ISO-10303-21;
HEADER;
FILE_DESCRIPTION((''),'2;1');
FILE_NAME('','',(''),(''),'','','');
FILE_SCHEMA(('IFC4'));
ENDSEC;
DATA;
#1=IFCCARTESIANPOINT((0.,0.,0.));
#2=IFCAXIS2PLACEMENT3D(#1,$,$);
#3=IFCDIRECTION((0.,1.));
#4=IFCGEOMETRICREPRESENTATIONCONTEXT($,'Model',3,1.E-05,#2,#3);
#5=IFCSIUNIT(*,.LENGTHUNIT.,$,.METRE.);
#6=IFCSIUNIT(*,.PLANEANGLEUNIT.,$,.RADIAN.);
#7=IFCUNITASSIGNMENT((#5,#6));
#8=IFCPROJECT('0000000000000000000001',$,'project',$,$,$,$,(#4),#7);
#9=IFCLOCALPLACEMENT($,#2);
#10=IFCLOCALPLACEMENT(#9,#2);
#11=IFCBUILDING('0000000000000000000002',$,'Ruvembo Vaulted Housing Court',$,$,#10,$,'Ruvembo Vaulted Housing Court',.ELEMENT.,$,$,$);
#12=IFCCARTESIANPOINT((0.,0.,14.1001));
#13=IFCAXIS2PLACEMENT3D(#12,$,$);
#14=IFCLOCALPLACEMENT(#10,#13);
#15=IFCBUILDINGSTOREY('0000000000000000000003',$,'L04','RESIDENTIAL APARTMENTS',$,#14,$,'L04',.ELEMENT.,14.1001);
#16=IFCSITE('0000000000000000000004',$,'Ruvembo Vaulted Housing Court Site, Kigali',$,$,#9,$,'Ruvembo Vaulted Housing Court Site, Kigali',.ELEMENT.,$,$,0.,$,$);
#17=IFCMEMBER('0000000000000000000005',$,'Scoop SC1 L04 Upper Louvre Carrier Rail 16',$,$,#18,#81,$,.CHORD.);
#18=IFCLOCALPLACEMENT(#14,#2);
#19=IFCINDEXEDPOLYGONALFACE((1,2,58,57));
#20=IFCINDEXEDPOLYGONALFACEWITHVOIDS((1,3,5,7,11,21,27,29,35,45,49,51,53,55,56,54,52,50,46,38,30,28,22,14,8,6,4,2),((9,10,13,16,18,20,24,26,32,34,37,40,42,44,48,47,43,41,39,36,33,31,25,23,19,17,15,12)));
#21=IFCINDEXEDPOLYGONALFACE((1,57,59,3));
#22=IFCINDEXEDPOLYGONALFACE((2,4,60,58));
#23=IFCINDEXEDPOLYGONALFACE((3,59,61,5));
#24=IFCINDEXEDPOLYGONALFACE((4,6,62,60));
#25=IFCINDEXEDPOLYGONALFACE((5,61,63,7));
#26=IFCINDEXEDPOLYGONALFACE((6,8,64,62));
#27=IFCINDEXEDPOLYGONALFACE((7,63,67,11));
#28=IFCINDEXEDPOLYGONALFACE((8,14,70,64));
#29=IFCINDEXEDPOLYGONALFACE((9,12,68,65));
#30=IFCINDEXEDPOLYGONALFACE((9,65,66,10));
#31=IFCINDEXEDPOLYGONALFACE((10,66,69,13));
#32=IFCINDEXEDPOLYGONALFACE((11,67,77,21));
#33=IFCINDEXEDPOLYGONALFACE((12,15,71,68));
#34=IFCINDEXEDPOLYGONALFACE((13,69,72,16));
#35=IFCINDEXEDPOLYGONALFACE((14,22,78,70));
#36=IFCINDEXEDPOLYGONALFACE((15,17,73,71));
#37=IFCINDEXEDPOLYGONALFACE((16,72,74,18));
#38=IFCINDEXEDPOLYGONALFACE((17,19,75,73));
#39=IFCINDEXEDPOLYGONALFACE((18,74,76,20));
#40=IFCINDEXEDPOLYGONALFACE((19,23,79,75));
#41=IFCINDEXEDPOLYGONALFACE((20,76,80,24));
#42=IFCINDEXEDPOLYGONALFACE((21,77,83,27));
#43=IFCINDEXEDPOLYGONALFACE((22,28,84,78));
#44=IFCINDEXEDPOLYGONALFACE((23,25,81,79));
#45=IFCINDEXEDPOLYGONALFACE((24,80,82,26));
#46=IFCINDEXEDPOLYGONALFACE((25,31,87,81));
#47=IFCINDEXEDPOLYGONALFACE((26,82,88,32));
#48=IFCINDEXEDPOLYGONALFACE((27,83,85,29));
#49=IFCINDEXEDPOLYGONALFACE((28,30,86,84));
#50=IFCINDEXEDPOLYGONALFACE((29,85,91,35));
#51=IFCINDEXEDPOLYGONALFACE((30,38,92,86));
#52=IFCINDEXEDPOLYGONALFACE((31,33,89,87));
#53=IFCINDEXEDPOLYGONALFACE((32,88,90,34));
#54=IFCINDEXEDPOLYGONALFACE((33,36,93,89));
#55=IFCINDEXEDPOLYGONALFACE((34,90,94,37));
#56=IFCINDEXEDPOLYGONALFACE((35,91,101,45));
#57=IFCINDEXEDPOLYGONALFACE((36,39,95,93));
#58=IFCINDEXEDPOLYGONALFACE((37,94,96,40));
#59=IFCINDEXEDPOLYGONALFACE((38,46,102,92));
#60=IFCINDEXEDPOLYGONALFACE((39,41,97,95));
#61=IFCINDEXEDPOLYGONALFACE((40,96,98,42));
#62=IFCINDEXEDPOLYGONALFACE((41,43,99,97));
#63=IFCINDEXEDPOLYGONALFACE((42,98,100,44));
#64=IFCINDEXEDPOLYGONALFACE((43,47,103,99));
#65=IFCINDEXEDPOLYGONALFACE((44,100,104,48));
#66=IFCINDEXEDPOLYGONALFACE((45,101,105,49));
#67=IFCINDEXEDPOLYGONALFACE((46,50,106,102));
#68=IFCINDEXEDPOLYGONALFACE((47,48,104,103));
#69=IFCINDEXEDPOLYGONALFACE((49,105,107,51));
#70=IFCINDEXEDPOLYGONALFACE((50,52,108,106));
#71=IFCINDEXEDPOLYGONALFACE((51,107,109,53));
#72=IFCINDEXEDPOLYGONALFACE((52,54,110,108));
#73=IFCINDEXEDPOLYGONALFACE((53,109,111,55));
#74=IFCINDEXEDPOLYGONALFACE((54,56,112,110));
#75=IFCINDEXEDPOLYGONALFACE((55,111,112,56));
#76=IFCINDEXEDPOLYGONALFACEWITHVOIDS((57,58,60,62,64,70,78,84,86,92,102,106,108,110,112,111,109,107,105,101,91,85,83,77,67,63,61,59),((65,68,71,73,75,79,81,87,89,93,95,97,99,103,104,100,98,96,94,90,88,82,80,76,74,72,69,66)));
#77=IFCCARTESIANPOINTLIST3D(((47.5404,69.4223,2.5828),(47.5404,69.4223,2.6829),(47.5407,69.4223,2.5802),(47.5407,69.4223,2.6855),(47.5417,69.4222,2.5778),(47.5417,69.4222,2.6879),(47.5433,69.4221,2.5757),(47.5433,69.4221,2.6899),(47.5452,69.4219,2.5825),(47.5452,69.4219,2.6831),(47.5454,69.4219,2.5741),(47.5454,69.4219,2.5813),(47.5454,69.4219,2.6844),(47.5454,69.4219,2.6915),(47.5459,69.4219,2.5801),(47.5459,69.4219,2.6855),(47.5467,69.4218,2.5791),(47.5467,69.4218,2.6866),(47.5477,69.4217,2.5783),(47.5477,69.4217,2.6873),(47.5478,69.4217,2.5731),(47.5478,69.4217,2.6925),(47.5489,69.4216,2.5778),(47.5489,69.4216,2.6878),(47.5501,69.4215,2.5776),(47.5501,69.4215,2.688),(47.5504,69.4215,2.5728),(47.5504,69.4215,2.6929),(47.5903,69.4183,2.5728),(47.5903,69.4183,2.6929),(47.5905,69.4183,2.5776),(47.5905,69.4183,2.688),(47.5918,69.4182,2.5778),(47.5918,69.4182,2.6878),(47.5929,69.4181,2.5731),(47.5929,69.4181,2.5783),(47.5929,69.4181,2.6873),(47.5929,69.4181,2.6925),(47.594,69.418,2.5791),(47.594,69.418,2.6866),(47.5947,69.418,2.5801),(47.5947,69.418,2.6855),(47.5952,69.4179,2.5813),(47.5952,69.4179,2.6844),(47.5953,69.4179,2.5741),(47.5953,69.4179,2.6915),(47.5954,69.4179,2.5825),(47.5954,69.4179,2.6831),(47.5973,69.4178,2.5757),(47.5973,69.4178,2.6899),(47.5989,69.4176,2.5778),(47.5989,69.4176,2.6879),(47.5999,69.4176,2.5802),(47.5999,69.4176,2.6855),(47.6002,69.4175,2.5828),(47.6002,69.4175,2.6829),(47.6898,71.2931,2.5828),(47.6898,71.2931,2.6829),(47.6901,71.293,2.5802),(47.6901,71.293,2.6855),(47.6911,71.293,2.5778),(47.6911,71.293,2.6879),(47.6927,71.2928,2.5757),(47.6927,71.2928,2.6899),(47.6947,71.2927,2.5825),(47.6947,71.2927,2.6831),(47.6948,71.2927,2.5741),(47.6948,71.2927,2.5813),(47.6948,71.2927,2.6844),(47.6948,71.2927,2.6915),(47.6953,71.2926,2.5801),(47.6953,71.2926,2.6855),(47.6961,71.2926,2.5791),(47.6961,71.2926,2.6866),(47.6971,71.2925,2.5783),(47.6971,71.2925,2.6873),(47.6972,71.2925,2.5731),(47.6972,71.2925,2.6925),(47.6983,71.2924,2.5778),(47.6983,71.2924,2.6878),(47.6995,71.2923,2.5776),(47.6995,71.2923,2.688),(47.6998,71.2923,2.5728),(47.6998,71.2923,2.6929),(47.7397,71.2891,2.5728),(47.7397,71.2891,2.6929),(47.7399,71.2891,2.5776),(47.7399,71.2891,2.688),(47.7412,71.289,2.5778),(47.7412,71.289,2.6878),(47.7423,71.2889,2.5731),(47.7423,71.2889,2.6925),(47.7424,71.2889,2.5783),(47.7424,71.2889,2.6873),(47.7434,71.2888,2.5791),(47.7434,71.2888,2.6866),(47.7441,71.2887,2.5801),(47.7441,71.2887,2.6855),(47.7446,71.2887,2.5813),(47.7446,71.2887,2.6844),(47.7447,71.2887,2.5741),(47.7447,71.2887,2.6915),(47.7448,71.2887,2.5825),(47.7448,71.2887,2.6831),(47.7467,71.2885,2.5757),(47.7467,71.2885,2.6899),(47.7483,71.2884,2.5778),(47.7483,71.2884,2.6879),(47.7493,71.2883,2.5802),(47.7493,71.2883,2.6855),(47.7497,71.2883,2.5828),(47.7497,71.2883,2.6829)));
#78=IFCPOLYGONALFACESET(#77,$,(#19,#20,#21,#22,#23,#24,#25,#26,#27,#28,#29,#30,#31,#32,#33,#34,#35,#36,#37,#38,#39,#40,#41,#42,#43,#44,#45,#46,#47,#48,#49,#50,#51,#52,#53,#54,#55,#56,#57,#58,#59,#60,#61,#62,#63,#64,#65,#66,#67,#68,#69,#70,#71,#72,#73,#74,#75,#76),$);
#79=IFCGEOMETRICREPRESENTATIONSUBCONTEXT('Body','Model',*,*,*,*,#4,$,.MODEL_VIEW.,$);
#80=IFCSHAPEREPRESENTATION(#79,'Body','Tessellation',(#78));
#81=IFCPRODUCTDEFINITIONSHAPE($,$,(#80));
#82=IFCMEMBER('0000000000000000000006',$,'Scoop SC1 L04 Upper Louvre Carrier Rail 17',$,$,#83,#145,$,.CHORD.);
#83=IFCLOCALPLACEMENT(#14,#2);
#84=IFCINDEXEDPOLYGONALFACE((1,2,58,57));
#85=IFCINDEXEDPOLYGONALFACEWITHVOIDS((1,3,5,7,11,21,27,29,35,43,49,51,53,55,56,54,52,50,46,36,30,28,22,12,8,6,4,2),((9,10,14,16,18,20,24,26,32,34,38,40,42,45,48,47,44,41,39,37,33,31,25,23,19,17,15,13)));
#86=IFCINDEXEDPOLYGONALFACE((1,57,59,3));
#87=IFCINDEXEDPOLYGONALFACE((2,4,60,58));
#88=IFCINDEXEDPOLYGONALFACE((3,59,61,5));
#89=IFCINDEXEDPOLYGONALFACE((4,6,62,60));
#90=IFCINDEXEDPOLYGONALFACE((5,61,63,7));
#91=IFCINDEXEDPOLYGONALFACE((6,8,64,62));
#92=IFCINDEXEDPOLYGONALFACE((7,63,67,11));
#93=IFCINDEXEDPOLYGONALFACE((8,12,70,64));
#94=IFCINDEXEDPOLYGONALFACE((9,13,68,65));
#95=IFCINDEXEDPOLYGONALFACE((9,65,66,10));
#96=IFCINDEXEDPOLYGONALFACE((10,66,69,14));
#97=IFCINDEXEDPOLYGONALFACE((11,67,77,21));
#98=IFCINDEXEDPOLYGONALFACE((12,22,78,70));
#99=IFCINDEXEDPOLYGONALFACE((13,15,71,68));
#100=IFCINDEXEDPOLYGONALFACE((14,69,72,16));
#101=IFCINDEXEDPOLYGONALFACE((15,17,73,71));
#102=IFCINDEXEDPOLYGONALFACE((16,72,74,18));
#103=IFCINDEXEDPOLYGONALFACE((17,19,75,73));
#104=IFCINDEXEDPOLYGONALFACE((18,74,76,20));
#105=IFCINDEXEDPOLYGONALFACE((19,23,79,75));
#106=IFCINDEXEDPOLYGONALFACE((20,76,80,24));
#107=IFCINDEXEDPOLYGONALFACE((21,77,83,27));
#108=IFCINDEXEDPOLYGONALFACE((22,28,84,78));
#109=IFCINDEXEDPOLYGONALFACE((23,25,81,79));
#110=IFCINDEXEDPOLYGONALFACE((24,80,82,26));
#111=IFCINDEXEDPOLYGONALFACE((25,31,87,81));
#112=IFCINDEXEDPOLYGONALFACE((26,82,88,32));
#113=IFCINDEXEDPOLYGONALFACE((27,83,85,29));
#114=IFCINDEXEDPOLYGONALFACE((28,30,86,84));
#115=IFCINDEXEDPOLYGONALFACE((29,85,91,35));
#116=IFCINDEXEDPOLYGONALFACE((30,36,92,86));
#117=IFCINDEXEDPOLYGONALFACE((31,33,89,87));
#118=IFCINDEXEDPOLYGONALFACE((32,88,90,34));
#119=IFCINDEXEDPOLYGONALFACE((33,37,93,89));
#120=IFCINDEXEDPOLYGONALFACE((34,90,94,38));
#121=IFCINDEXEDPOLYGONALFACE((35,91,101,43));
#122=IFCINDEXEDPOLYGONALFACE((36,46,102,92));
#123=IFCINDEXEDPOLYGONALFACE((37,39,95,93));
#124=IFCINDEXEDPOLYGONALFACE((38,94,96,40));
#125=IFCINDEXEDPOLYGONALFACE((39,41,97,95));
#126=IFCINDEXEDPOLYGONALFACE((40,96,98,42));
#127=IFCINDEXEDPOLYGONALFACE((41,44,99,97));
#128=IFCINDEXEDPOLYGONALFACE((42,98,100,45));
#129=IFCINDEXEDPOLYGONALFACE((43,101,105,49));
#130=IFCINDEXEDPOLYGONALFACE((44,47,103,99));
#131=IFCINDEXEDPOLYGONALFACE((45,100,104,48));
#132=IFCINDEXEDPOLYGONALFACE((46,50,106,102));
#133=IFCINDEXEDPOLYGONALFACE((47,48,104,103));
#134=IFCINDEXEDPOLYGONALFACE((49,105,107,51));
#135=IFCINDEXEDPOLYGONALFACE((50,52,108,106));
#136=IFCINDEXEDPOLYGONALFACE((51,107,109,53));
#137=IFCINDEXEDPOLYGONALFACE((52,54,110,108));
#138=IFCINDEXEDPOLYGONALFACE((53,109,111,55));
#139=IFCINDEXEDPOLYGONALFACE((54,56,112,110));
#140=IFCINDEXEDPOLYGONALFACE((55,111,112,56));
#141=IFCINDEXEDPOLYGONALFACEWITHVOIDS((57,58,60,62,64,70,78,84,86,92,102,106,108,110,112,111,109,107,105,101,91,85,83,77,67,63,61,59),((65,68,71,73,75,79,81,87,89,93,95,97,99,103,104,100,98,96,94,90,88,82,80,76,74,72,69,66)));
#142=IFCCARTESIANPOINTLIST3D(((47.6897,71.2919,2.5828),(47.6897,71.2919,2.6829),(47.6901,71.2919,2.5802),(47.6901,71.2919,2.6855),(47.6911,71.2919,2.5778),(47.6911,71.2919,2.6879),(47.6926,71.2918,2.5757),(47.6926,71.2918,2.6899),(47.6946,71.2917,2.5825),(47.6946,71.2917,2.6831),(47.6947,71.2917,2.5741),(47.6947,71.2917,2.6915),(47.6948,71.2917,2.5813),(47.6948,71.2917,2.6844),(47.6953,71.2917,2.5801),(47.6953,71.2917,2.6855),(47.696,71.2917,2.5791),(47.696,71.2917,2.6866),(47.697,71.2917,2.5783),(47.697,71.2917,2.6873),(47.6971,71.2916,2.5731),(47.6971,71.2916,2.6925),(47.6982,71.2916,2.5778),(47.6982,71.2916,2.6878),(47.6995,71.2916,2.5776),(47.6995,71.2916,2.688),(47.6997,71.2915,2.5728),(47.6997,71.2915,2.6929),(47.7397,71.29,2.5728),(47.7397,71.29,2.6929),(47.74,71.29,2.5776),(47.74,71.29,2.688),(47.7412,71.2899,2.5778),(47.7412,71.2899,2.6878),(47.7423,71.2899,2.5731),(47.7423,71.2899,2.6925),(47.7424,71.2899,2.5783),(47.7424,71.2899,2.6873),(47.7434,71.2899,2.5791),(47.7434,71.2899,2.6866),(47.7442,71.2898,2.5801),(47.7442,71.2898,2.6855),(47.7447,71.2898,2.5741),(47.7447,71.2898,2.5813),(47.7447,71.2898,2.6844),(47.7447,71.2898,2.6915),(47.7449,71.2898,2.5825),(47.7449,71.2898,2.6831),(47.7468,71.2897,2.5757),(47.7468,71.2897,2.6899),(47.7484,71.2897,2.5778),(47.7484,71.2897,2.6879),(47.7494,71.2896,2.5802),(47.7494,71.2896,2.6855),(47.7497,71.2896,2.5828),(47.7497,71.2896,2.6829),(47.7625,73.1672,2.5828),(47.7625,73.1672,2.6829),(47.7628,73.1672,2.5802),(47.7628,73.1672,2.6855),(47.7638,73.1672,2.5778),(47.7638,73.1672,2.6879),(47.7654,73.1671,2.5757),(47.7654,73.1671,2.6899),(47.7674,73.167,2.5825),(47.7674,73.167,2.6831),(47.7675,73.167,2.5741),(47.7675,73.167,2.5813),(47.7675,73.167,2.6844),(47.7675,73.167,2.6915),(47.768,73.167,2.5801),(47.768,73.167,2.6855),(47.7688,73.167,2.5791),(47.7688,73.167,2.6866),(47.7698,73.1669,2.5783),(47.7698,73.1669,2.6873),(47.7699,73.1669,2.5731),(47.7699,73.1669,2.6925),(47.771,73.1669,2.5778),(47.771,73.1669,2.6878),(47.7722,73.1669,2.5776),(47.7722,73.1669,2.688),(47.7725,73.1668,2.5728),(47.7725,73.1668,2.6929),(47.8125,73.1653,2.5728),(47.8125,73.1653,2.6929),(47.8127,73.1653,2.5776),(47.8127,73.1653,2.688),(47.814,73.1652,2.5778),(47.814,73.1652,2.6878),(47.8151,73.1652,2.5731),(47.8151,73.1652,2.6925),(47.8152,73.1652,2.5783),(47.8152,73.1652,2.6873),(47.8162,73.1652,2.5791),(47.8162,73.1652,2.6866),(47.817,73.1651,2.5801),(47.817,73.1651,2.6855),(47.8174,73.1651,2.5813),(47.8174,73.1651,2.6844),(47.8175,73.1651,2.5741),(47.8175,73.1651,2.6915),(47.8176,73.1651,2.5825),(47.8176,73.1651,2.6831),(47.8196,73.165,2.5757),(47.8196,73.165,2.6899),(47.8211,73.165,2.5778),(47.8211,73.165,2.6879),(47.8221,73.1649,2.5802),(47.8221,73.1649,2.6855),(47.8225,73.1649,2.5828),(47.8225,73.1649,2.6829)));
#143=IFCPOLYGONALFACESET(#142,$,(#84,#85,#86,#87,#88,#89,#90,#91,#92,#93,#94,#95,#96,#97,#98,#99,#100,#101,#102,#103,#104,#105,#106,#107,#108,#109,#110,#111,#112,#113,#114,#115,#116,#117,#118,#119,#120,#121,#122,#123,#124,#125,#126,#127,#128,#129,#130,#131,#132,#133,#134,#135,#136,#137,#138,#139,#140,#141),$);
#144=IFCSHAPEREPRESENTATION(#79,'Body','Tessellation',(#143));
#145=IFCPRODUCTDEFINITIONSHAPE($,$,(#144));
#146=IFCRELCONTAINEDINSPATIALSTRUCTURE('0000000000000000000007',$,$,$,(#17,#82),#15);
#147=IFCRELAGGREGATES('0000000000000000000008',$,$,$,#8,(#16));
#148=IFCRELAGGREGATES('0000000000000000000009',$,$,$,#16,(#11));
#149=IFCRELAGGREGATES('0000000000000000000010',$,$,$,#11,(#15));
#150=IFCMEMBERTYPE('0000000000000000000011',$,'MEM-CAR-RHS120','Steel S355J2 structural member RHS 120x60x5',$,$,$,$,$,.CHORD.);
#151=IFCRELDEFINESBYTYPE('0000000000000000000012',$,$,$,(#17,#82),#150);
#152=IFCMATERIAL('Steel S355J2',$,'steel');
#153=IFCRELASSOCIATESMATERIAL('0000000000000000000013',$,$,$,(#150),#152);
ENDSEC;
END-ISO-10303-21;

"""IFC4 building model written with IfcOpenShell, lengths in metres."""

from ifc_helpers import new_model, si_unit, direction, frame, origin, origin_2d, place, context, subcontext, project, spatial, hollow_rectangle, extrude, material, material_profile, profile_set, type_object, element, save


model = new_model("IFC4")

# Units and contexts
model_context = context("Model", 3, precision=1e-05, world=origin(), true_north=direction((0.0, 1.0)))
body_context = subcontext(model_context, "Body", "Model", "MODEL_VIEW")
ifc_project = project(units=[si_unit("LENGTHUNIT", "METRE"), si_unit("PLANEANGLEUNIT", "RADIAN")], contexts=[model_context])

# Site, building, storey
site_placement = place(None, origin())
site = spatial("IfcSite", under=ifc_project, at=site_placement, Name="Ruvembo Vaulted Housing Court Site, Kigali", LongName="Ruvembo Vaulted Housing Court Site, Kigali", CompositionType="ELEMENT", RefElevation=0.0)
building_placement = place(site_placement, origin())
building = spatial("IfcBuilding", under=site, at=building_placement, Name="Ruvembo Vaulted Housing Court", LongName="Ruvembo Vaulted Housing Court", CompositionType="ELEMENT")
storey_placement = place(building_placement, frame((0.0, 0.0, 14.1001)))
storey = spatial("IfcBuildingStorey", under=building, at=storey_placement, Name="L04", Description="RESIDENTIAL APARTMENTS", LongName="L04", CompositionType="ELEMENT", Elevation=14.1001)

# Shared definitions
ifc_material_1 = material(Name="Steel S355J2", Category="steel")

# Members
ifc_material_profile_1 = material_profile(ifc_material_1, hollow_rectangle(XDim=0.0601, YDim=0.1201, WallThickness=0.0049, InnerFilletRadius=0.0049, OuterFilletRadius=0.01, at=origin_2d()), Name="RHS 120x60x5")
ifc_profile_set_1 = profile_set([ifc_material_profile_1], Name="Steel S355J2")
member_type_1 = type_object("IfcMemberType", Name="MEM-CAR-RHS120", Description="Steel S355J2 structural member RHS 120x60x5", PredefinedType="CHORD", material=ifc_profile_set_1)
for number, where, z_axis, x_axis, name in (
    (1, (47.5703, 69.4199, 2.6328), (0.079611, 0.996826, 0.0), (-0.996826, 0.079611, 0.0), "Scoop SC1 L04 Upper Louvre Carrier Rail 16"),
    (2, (47.7197, 71.2908, 2.6328), (0.038768, 0.999248, 0.0), (-0.999248, 0.038768, 0.0), "Scoop SC1 L04 Upper Louvre Carrier Rail 17"),
):
    element("IfcMember", number, at=place(storey_placement, frame(where, z_axis=z_axis, x_axis=x_axis)), inside=storey, type_object=member_type_1, Name=name, PredefinedType="CHORD", context=body_context, shape_type="SweptSolid", body=[
        extrude(hollow_rectangle(XDim=0.0601, YDim=0.1201, WallThickness=0.0049, InnerFilletRadius=0.0049, OuterFilletRadius=0.01, at=origin_2d()), origin(), (0.0, 0.0, 1.0), 1.8767),
    ])

save(model, "model.ifc")
